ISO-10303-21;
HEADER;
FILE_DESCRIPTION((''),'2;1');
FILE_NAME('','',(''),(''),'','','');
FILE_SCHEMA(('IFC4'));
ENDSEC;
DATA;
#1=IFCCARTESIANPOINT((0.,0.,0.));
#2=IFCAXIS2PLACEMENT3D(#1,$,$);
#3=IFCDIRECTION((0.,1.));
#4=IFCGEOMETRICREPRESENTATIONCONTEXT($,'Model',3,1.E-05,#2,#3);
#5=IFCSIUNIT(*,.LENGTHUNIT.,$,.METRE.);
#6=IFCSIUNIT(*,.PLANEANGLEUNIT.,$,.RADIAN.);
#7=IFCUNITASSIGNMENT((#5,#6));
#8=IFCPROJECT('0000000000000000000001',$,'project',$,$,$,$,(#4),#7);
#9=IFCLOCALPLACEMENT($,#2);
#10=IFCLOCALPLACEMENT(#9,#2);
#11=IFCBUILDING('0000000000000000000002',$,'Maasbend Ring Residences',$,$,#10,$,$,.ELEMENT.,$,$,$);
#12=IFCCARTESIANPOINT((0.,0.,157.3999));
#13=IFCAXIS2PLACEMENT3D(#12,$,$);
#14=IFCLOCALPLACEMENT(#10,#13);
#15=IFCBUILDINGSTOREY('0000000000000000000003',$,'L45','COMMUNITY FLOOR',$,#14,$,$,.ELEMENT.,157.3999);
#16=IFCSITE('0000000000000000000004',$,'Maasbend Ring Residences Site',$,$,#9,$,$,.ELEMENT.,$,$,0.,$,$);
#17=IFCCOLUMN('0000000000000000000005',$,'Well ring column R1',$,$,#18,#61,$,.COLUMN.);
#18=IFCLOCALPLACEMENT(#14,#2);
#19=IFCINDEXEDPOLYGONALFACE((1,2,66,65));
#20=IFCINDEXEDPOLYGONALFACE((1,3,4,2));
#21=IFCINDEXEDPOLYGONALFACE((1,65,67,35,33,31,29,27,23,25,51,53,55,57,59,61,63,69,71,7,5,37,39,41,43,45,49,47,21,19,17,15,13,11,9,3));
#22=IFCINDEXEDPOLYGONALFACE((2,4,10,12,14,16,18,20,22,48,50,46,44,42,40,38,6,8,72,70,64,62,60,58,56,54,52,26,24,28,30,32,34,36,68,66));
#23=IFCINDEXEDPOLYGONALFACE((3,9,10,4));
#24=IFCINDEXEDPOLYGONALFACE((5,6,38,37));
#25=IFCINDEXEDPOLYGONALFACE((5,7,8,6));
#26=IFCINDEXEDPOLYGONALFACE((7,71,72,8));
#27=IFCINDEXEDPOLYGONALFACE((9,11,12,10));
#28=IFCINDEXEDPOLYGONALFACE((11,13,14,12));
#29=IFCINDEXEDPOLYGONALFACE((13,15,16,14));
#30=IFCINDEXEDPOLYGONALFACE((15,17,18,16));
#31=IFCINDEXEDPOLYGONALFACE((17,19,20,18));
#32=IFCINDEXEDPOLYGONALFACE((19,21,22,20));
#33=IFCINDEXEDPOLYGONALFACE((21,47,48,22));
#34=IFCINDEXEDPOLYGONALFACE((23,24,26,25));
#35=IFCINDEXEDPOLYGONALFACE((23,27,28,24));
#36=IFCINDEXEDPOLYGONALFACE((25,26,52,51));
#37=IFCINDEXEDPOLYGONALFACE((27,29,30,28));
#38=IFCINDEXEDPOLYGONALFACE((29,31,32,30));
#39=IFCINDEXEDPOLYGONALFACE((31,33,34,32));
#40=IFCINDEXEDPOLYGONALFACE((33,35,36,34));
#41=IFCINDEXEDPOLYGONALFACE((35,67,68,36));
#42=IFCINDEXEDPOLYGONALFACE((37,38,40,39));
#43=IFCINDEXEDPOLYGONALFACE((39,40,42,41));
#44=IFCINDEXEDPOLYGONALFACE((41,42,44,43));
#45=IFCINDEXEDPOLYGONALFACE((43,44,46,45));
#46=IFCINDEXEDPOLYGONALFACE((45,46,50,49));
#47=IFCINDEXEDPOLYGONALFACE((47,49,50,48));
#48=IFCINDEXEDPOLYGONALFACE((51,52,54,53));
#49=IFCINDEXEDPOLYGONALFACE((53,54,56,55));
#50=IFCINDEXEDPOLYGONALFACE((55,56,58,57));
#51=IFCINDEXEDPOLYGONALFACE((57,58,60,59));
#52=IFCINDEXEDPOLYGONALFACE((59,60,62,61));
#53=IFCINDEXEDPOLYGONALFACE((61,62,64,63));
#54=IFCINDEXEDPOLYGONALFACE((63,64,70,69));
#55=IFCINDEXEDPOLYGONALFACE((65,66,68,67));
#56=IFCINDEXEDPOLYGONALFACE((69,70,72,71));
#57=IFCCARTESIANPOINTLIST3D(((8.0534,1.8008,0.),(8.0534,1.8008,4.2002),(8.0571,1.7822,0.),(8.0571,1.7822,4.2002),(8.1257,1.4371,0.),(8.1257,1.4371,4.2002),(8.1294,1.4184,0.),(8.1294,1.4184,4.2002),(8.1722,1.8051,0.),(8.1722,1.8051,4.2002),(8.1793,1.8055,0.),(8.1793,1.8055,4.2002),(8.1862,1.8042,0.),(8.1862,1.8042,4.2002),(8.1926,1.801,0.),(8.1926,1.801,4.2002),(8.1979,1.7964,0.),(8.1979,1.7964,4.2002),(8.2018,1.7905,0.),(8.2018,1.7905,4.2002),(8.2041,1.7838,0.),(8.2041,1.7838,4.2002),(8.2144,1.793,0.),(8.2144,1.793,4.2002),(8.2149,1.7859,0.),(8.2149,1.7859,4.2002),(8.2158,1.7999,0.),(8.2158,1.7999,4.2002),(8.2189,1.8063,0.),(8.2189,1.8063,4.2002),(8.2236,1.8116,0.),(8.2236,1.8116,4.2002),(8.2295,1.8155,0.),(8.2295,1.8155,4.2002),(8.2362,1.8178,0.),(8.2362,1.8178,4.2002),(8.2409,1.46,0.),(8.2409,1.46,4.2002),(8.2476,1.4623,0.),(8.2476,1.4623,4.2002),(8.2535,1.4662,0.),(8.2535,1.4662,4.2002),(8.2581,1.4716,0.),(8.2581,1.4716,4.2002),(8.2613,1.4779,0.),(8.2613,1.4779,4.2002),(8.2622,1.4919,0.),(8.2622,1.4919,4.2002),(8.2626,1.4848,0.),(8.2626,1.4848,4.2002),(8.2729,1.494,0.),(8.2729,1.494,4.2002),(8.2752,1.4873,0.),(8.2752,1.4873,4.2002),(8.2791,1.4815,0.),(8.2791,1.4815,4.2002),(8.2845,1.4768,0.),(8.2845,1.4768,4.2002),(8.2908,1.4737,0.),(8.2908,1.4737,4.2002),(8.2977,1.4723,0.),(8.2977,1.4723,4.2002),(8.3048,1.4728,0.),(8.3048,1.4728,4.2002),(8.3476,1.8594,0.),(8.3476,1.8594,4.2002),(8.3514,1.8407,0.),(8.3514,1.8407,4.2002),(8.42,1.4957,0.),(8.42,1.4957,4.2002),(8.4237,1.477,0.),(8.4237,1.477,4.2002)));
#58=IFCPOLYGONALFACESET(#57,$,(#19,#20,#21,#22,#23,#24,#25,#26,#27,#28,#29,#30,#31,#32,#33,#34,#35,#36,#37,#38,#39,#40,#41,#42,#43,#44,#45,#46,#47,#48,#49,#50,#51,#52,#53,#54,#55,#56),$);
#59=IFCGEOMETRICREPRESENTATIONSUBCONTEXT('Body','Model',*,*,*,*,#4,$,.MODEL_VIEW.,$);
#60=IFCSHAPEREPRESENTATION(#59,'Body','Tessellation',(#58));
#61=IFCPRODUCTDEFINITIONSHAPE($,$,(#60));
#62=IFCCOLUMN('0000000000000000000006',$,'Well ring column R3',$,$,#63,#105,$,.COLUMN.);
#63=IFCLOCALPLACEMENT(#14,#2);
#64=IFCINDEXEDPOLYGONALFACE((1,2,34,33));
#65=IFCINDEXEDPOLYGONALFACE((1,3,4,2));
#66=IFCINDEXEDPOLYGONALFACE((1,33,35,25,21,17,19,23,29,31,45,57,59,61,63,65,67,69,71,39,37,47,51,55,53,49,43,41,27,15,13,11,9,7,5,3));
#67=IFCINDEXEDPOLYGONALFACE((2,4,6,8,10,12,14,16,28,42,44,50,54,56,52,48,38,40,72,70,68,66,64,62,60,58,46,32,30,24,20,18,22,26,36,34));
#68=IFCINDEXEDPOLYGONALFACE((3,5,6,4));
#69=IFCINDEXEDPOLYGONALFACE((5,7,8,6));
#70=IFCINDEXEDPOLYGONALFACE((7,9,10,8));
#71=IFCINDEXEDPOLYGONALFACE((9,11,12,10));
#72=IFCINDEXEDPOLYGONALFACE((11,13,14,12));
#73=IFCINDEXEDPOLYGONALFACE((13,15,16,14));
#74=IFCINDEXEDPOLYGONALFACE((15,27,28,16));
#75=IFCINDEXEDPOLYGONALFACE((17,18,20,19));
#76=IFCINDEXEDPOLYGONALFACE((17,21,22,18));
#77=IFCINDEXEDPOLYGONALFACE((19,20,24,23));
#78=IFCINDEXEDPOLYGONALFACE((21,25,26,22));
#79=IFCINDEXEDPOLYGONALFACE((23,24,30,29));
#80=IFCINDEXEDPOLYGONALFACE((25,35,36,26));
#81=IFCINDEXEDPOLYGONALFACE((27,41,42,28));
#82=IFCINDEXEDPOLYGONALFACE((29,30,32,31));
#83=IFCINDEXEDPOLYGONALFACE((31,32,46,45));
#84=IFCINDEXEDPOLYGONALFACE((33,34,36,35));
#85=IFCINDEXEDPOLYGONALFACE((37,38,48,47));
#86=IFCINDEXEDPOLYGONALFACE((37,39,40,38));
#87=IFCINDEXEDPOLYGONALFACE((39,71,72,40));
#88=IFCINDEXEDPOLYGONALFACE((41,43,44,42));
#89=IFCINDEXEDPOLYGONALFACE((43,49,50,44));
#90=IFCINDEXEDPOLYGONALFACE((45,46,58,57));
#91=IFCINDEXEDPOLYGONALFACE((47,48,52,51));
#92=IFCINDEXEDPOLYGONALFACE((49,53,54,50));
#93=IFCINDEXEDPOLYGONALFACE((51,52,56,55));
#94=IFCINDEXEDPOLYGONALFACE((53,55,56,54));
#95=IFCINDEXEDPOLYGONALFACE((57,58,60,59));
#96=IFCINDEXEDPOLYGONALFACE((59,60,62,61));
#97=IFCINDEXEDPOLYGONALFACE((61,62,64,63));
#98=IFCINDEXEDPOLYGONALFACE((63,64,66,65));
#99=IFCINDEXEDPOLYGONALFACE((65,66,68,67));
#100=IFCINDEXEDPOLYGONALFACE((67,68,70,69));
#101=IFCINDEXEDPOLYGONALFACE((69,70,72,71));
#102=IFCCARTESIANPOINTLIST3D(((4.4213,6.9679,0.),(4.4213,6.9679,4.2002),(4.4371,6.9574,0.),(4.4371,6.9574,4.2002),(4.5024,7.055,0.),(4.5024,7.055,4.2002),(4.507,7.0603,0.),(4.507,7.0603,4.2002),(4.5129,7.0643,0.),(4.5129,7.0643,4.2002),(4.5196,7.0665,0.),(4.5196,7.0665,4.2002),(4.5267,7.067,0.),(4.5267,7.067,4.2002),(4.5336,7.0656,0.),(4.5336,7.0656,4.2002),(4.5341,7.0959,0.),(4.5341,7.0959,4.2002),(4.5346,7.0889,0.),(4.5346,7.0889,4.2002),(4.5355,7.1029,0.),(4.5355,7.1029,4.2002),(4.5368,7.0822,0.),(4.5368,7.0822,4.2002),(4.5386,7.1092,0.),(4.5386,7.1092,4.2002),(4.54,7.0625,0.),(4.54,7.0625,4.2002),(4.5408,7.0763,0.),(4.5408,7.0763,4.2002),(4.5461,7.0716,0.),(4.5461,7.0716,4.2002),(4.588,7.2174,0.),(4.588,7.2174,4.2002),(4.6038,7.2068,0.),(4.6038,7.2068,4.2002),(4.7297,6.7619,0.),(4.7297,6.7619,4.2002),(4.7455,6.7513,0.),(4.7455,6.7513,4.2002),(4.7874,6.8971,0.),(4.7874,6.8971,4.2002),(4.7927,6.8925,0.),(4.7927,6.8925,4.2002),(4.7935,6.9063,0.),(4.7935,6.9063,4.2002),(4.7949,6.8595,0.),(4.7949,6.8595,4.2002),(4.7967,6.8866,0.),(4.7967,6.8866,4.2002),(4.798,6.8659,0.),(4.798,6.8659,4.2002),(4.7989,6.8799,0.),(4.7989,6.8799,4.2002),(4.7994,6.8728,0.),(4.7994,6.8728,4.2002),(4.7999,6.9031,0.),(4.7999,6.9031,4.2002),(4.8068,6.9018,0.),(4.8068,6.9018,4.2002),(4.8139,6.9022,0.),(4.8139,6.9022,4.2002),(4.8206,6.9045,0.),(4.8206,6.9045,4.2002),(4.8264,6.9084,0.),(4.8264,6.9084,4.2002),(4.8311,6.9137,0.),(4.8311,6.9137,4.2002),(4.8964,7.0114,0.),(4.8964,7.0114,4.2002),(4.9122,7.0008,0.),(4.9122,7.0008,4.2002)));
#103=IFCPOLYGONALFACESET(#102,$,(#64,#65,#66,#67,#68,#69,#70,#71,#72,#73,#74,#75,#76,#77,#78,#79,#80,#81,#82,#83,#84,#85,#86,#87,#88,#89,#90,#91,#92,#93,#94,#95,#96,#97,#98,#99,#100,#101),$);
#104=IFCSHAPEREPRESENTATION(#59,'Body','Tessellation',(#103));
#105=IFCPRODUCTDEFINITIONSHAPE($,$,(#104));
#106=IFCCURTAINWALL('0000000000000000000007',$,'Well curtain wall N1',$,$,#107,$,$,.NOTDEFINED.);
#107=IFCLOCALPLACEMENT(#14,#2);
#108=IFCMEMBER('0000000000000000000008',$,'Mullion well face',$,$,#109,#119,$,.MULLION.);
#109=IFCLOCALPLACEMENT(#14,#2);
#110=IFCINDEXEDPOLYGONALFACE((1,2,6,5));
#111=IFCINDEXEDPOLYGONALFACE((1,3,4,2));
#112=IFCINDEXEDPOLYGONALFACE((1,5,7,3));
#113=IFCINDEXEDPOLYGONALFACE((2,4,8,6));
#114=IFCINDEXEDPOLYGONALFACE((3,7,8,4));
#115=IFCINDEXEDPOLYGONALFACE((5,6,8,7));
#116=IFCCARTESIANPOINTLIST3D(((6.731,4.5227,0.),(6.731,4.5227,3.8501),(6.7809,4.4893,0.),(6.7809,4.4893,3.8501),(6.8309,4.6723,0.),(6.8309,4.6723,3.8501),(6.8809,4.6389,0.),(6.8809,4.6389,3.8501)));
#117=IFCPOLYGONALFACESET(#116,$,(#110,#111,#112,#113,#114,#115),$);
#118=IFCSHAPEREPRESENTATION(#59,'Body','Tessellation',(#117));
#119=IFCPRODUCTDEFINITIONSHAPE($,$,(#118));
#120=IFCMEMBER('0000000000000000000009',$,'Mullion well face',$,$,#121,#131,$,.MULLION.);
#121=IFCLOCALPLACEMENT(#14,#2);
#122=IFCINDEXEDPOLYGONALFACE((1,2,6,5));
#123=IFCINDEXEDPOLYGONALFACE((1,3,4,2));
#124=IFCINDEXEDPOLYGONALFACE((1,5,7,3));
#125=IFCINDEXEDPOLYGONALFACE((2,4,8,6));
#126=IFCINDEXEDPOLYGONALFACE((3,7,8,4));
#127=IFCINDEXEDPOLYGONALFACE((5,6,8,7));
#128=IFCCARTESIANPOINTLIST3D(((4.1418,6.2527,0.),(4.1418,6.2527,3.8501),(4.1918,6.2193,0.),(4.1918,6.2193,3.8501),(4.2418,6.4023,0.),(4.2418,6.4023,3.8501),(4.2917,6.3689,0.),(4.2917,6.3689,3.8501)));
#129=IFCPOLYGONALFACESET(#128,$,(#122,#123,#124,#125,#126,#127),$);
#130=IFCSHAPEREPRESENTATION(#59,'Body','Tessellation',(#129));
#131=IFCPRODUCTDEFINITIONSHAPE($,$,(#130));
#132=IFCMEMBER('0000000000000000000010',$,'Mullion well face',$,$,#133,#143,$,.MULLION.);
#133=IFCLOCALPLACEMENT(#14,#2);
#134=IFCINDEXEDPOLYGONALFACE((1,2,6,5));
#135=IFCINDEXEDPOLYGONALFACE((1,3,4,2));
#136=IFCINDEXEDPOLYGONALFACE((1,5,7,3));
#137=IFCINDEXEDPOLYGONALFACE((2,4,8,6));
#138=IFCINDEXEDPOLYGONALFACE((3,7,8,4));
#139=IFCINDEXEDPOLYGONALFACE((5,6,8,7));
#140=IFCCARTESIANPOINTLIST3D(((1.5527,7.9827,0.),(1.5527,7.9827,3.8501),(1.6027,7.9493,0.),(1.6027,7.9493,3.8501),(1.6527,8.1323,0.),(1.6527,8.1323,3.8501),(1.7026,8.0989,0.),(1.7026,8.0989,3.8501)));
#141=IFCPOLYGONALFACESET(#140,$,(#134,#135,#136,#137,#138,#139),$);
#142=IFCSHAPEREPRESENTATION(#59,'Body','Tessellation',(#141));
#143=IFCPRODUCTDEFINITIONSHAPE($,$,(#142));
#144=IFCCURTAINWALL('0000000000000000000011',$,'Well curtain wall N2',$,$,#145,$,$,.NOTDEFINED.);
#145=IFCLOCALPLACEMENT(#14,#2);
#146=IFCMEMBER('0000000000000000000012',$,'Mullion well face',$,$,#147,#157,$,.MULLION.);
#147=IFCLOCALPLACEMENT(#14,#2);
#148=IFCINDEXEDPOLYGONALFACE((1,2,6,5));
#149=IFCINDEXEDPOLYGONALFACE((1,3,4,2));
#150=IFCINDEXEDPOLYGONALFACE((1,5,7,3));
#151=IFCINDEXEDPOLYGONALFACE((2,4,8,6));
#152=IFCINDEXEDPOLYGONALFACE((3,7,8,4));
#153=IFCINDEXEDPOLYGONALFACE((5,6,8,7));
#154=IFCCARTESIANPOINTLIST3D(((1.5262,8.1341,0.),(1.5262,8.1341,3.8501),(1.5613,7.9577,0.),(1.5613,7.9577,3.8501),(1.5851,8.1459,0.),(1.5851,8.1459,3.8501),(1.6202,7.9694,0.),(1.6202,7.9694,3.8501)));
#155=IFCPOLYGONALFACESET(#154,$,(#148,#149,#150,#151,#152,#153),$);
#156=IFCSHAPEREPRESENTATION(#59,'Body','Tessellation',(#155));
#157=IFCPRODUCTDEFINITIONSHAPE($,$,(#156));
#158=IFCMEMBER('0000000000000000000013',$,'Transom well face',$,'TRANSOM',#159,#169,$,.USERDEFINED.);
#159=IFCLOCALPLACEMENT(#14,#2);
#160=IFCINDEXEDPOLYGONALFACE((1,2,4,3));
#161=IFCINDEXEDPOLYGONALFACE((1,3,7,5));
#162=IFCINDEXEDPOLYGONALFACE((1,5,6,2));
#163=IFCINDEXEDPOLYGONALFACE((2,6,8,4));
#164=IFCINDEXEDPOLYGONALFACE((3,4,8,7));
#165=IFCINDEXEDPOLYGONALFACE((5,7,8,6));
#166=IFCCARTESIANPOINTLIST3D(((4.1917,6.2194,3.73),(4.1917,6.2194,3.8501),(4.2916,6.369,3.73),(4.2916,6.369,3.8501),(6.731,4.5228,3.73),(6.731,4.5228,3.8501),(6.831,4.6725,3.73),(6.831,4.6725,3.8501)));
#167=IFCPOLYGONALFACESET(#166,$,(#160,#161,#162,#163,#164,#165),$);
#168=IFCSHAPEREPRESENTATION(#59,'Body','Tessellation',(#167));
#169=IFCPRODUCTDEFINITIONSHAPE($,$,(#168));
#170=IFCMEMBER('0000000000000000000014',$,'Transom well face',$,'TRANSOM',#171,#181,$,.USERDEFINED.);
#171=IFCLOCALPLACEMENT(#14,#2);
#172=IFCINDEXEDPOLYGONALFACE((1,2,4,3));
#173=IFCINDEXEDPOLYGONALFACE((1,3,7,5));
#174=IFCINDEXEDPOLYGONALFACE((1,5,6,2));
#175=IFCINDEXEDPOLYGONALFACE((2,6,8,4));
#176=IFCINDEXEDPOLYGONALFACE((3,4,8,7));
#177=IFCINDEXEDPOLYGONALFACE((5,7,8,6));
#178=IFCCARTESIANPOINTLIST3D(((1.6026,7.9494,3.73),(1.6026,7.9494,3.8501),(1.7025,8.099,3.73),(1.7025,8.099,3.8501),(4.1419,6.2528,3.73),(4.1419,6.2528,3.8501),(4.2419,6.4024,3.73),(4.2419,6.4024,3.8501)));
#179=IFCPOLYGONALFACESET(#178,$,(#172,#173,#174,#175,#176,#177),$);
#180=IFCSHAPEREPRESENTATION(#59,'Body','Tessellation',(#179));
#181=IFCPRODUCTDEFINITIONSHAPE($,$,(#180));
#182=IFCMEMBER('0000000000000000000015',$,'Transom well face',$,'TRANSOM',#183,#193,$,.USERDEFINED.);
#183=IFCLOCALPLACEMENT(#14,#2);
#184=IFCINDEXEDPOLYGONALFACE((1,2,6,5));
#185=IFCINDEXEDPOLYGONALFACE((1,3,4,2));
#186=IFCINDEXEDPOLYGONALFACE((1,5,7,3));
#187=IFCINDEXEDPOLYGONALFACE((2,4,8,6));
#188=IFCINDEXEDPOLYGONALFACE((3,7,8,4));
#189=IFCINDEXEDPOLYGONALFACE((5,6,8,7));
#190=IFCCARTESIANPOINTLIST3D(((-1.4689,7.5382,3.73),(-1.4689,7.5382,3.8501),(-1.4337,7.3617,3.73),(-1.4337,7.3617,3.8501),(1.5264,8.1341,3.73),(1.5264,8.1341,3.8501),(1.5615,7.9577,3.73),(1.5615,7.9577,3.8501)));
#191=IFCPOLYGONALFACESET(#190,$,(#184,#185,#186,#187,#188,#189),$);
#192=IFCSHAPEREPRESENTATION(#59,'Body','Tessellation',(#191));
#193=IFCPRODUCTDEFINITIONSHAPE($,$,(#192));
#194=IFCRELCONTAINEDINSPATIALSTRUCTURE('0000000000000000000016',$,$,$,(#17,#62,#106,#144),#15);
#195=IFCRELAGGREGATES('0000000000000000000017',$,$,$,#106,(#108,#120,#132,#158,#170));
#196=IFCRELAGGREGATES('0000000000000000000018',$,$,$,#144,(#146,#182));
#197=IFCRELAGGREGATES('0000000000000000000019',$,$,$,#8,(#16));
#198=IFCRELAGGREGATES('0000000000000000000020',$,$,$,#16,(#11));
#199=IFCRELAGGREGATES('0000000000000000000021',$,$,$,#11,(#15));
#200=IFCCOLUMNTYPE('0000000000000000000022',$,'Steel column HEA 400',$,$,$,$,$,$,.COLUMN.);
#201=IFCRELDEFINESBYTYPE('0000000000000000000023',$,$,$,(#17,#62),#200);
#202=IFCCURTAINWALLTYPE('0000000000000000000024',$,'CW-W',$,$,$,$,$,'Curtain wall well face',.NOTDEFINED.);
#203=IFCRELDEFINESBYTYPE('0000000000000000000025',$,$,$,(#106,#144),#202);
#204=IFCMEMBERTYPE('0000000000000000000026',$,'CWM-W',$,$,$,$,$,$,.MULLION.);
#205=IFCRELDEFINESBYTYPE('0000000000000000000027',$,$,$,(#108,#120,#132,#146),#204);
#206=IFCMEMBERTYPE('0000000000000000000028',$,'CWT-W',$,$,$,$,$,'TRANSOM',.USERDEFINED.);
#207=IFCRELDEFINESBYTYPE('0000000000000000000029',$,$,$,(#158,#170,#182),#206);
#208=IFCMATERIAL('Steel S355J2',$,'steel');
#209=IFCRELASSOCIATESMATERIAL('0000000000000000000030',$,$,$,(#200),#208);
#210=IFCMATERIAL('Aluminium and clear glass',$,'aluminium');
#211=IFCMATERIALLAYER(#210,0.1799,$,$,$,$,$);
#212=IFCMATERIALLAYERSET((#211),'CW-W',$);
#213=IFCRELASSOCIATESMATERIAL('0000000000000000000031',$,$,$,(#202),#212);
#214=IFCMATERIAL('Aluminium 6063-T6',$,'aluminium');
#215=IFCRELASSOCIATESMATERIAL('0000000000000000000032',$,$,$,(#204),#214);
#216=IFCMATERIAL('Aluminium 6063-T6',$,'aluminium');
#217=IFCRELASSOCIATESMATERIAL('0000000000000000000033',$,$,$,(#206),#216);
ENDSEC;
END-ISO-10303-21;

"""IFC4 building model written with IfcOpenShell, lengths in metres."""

from ifc_helpers import new_model, si_unit, direction, frame, origin, origin_2d, place, context, subcontext, project, spatial, rectangle, i_section, extrude, material, layer, layer_set, material_profile, profile_set, type_object, element, aggregate, save


model = new_model("IFC4")

# Units and contexts
model_context = context("Model", 3, precision=1e-05, world=origin(), true_north=direction((0.0, 1.0)))
body_context = subcontext(model_context, "Body", "Model", "MODEL_VIEW")
ifc_project = project(units=[si_unit("LENGTHUNIT", "METRE"), si_unit("PLANEANGLEUNIT", "RADIAN")], contexts=[model_context])

# Site, building, storey
site_placement = place(None, origin())
site = spatial("IfcSite", under=ifc_project, at=site_placement, Name="Maasbend Ring Residences Site", CompositionType="ELEMENT", RefElevation=0.0)
building_placement = place(site_placement, origin())
building = spatial("IfcBuilding", under=site, at=building_placement, Name="Maasbend Ring Residences", CompositionType="ELEMENT")
storey_placement = place(building_placement, frame((0.0, 0.0, 157.3999)))
storey = spatial("IfcBuildingStorey", under=building, at=storey_placement, Name="L45", Description="COMMUNITY FLOOR", CompositionType="ELEMENT", Elevation=157.3999)

# Columns
ifc_material_1 = material(Name="Steel S355J2", Category="steel")
ifc_material_profile_1 = material_profile(ifc_material_1, i_section(OverallWidth=0.3, OverallDepth=0.3899, WebThickness=0.011, FlangeThickness=0.019, FilletRadius=0.0271, at=origin_2d()), Name="HEA 400")
ifc_profile_set_1 = profile_set([ifc_material_profile_1], Name="Steel S355J2")
column_type = type_object("IfcColumnType", Name="Steel column HEA 400", PredefinedType="COLUMN", material=ifc_profile_set_1)
for number, where, z_axis, x_axis, name in (
    (1, (8.2385, 1.6389, 0.0), (0.0, 0.0, 1.0), (0.980785, 0.19509, 0.0), "Well ring column R1"),
    (2, (4.6667, 6.9844, 0.0), (0.0, 0.0, 1.0), (0.55557, 0.83147, 0.0), "Well ring column R3"),
):
    element("IfcColumn", number, at=place(storey_placement, frame(where, z_axis=z_axis, x_axis=x_axis)), inside=storey, type_object=column_type, Name=name, PredefinedType="COLUMN", context=body_context, shape_type="SweptSolid", body=[
        extrude(i_section(OverallWidth=0.3, OverallDepth=0.3899, WebThickness=0.011, FlangeThickness=0.019, FilletRadius=0.0271, at=origin_2d()), origin(), (0.0, 0.0, 1.0), 4.2002),
    ])

# Curtain wall, members
ifc_material_2 = material(Name="Aluminium and clear glass", Category="aluminium")
ifc_layer_1 = layer(ifc_material_2, 0.1799)
ifc_layer_set_1 = layer_set([ifc_layer_1], Name="CW-W")
curtain_wall_type = type_object("IfcCurtainWallType", Name="CW-W", ElementType="Curtain wall well face", PredefinedType="NOTDEFINED", material=ifc_layer_set_1)
curtain_wall_1_placement = place(storey_placement, origin())
curtain_wall_1 = element("IfcCurtainWall", 3, at=curtain_wall_1_placement, inside=storey, type_object=curtain_wall_type, Name="Well curtain wall N1", PredefinedType="NOTDEFINED")
ifc_material_3 = material(Name="Aluminium 6063-T6", Category="aluminium")
ifc_material_profile_2 = material_profile(ifc_material_3, rectangle(XDim=0.1799, YDim=0.0601, at=origin_2d()), Name="AL 180x60")
ifc_profile_set_2 = profile_set([ifc_material_profile_2], Name="Aluminium 6063-T6")
member_type_1 = type_object("IfcMemberType", Name="CWM-W", PredefinedType="MULLION", material=ifc_profile_set_2)
member_1_placement = place(storey_placement, frame((6.8059, 4.5808, 0.0), z_axis=(0.0, 0.0, 1.0), x_axis=(-0.55557, -0.83147, 0.0)))
member_1 = element("IfcMember", 4, at=member_1_placement, type_object=member_type_1, Name="Mullion well face", PredefinedType="MULLION", context=body_context, shape_type="SweptSolid", body=[
    extrude(rectangle(XDim=0.1799, YDim=0.0601, at=origin_2d()), origin(), (0.0, 0.0, 1.0), 3.8501),
])
member_2_placement = place(storey_placement, frame((4.2168, 6.3108, 0.0), z_axis=(0.0, 0.0, 1.0), x_axis=(-0.55557, -0.83147, 0.0)))
member_2 = element("IfcMember", 5, at=member_2_placement, type_object=member_type_1, Name="Mullion well face", PredefinedType="MULLION", context=body_context, shape_type="SweptSolid", body=[
    extrude(rectangle(XDim=0.1799, YDim=0.0601, at=origin_2d()), origin(), (0.0, 0.0, 1.0), 3.8501),
])
member_3_placement = place(storey_placement, frame((1.6277, 8.0408, 0.0), z_axis=(0.0, 0.0, 1.0), x_axis=(-0.55557, -0.83147, 0.0)))
member_3 = element("IfcMember", 6, at=member_3_placement, type_object=member_type_1, Name="Mullion well face", PredefinedType="MULLION", context=body_context, shape_type="SweptSolid", body=[
    extrude(rectangle(XDim=0.1799, YDim=0.0601, at=origin_2d()), origin(), (0.0, 0.0, 1.0), 3.8501),
])

# Curtain wall, member
curtain_wall_2_placement = place(storey_placement, origin())
curtain_wall_2 = element("IfcCurtainWall", 7, at=curtain_wall_2_placement, inside=storey, type_object=curtain_wall_type, Name="Well curtain wall N2", PredefinedType="NOTDEFINED")
member_4_placement = place(storey_placement, frame((1.5732, 8.0518, 0.0), z_axis=(0.0, 0.0, 1.0), x_axis=(0.19509, -0.980785, 0.0)))
member_4 = element("IfcMember", 8, at=member_4_placement, type_object=member_type_1, Name="Mullion well face", PredefinedType="MULLION", context=body_context, shape_type="SweptSolid", body=[
    extrude(rectangle(XDim=0.1799, YDim=0.0601, at=origin_2d()), origin(), (0.0, 0.0, 1.0), 3.8501),
])

# Members
ifc_material_4 = material(Name="Aluminium 6063-T6", Category="aluminium")
ifc_material_profile_3 = material_profile(ifc_material_4, rectangle(XDim=0.1799, YDim=0.1201, at=origin_2d()), Name="AL 180x120")
ifc_profile_set_3 = profile_set([ifc_material_profile_3], Name="Aluminium 6063-T6")
member_type_2 = type_object("IfcMemberType", Name="CWT-W", ElementType="TRANSOM", PredefinedType="USERDEFINED", material=ifc_profile_set_3)
member_5_placement = place(storey_placement, frame((6.781, 4.5977, 3.79), z_axis=(-0.831496, 0.55553, 0.0), x_axis=(-0.55553, -0.831496, 0.0)))
member_5 = element("IfcMember", 9, at=member_5_placement, type_object=member_type_2, Name="Transom well face", ObjectType="TRANSOM", PredefinedType="USERDEFINED", context=body_context, shape_type="SweptSolid", body=[
    extrude(rectangle(XDim=0.1799, YDim=0.1201, at=origin_2d()), origin(), (0.0, 0.0, 1.0), 3.054),
])
member_6_placement = place(storey_placement, frame((4.1919, 6.3276, 3.79), z_axis=(-0.831496, 0.55553, 0.0), x_axis=(-0.55553, -0.831496, 0.0)))
member_6 = element("IfcMember", 10, at=member_6_placement, type_object=member_type_2, Name="Transom well face", ObjectType="TRANSOM", PredefinedType="USERDEFINED", context=body_context, shape_type="SweptSolid", body=[
    extrude(rectangle(XDim=0.1799, YDim=0.1201, at=origin_2d()), origin(), (0.0, 0.0, 1.0), 3.054),
])
member_7_placement = place(storey_placement, frame((1.5439, 8.0459, 3.79), z_axis=(-0.980777, -0.195132, 0.0), x_axis=(0.195132, -0.980777, 0.0)))
member_7 = element("IfcMember", 11, at=member_7_placement, type_object=member_type_2, Name="Transom well face", ObjectType="TRANSOM", PredefinedType="USERDEFINED", context=body_context, shape_type="SweptSolid", body=[
    extrude(rectangle(XDim=0.1799, YDim=0.1201, at=origin_2d()), origin(), (0.0, 0.0, 1.0), 3.054),
])

aggregate(curtain_wall_1, [member_1, member_2, member_3, member_5, member_6])
aggregate(curtain_wall_2, [member_4, member_7])

save(model, "model.ifc")
